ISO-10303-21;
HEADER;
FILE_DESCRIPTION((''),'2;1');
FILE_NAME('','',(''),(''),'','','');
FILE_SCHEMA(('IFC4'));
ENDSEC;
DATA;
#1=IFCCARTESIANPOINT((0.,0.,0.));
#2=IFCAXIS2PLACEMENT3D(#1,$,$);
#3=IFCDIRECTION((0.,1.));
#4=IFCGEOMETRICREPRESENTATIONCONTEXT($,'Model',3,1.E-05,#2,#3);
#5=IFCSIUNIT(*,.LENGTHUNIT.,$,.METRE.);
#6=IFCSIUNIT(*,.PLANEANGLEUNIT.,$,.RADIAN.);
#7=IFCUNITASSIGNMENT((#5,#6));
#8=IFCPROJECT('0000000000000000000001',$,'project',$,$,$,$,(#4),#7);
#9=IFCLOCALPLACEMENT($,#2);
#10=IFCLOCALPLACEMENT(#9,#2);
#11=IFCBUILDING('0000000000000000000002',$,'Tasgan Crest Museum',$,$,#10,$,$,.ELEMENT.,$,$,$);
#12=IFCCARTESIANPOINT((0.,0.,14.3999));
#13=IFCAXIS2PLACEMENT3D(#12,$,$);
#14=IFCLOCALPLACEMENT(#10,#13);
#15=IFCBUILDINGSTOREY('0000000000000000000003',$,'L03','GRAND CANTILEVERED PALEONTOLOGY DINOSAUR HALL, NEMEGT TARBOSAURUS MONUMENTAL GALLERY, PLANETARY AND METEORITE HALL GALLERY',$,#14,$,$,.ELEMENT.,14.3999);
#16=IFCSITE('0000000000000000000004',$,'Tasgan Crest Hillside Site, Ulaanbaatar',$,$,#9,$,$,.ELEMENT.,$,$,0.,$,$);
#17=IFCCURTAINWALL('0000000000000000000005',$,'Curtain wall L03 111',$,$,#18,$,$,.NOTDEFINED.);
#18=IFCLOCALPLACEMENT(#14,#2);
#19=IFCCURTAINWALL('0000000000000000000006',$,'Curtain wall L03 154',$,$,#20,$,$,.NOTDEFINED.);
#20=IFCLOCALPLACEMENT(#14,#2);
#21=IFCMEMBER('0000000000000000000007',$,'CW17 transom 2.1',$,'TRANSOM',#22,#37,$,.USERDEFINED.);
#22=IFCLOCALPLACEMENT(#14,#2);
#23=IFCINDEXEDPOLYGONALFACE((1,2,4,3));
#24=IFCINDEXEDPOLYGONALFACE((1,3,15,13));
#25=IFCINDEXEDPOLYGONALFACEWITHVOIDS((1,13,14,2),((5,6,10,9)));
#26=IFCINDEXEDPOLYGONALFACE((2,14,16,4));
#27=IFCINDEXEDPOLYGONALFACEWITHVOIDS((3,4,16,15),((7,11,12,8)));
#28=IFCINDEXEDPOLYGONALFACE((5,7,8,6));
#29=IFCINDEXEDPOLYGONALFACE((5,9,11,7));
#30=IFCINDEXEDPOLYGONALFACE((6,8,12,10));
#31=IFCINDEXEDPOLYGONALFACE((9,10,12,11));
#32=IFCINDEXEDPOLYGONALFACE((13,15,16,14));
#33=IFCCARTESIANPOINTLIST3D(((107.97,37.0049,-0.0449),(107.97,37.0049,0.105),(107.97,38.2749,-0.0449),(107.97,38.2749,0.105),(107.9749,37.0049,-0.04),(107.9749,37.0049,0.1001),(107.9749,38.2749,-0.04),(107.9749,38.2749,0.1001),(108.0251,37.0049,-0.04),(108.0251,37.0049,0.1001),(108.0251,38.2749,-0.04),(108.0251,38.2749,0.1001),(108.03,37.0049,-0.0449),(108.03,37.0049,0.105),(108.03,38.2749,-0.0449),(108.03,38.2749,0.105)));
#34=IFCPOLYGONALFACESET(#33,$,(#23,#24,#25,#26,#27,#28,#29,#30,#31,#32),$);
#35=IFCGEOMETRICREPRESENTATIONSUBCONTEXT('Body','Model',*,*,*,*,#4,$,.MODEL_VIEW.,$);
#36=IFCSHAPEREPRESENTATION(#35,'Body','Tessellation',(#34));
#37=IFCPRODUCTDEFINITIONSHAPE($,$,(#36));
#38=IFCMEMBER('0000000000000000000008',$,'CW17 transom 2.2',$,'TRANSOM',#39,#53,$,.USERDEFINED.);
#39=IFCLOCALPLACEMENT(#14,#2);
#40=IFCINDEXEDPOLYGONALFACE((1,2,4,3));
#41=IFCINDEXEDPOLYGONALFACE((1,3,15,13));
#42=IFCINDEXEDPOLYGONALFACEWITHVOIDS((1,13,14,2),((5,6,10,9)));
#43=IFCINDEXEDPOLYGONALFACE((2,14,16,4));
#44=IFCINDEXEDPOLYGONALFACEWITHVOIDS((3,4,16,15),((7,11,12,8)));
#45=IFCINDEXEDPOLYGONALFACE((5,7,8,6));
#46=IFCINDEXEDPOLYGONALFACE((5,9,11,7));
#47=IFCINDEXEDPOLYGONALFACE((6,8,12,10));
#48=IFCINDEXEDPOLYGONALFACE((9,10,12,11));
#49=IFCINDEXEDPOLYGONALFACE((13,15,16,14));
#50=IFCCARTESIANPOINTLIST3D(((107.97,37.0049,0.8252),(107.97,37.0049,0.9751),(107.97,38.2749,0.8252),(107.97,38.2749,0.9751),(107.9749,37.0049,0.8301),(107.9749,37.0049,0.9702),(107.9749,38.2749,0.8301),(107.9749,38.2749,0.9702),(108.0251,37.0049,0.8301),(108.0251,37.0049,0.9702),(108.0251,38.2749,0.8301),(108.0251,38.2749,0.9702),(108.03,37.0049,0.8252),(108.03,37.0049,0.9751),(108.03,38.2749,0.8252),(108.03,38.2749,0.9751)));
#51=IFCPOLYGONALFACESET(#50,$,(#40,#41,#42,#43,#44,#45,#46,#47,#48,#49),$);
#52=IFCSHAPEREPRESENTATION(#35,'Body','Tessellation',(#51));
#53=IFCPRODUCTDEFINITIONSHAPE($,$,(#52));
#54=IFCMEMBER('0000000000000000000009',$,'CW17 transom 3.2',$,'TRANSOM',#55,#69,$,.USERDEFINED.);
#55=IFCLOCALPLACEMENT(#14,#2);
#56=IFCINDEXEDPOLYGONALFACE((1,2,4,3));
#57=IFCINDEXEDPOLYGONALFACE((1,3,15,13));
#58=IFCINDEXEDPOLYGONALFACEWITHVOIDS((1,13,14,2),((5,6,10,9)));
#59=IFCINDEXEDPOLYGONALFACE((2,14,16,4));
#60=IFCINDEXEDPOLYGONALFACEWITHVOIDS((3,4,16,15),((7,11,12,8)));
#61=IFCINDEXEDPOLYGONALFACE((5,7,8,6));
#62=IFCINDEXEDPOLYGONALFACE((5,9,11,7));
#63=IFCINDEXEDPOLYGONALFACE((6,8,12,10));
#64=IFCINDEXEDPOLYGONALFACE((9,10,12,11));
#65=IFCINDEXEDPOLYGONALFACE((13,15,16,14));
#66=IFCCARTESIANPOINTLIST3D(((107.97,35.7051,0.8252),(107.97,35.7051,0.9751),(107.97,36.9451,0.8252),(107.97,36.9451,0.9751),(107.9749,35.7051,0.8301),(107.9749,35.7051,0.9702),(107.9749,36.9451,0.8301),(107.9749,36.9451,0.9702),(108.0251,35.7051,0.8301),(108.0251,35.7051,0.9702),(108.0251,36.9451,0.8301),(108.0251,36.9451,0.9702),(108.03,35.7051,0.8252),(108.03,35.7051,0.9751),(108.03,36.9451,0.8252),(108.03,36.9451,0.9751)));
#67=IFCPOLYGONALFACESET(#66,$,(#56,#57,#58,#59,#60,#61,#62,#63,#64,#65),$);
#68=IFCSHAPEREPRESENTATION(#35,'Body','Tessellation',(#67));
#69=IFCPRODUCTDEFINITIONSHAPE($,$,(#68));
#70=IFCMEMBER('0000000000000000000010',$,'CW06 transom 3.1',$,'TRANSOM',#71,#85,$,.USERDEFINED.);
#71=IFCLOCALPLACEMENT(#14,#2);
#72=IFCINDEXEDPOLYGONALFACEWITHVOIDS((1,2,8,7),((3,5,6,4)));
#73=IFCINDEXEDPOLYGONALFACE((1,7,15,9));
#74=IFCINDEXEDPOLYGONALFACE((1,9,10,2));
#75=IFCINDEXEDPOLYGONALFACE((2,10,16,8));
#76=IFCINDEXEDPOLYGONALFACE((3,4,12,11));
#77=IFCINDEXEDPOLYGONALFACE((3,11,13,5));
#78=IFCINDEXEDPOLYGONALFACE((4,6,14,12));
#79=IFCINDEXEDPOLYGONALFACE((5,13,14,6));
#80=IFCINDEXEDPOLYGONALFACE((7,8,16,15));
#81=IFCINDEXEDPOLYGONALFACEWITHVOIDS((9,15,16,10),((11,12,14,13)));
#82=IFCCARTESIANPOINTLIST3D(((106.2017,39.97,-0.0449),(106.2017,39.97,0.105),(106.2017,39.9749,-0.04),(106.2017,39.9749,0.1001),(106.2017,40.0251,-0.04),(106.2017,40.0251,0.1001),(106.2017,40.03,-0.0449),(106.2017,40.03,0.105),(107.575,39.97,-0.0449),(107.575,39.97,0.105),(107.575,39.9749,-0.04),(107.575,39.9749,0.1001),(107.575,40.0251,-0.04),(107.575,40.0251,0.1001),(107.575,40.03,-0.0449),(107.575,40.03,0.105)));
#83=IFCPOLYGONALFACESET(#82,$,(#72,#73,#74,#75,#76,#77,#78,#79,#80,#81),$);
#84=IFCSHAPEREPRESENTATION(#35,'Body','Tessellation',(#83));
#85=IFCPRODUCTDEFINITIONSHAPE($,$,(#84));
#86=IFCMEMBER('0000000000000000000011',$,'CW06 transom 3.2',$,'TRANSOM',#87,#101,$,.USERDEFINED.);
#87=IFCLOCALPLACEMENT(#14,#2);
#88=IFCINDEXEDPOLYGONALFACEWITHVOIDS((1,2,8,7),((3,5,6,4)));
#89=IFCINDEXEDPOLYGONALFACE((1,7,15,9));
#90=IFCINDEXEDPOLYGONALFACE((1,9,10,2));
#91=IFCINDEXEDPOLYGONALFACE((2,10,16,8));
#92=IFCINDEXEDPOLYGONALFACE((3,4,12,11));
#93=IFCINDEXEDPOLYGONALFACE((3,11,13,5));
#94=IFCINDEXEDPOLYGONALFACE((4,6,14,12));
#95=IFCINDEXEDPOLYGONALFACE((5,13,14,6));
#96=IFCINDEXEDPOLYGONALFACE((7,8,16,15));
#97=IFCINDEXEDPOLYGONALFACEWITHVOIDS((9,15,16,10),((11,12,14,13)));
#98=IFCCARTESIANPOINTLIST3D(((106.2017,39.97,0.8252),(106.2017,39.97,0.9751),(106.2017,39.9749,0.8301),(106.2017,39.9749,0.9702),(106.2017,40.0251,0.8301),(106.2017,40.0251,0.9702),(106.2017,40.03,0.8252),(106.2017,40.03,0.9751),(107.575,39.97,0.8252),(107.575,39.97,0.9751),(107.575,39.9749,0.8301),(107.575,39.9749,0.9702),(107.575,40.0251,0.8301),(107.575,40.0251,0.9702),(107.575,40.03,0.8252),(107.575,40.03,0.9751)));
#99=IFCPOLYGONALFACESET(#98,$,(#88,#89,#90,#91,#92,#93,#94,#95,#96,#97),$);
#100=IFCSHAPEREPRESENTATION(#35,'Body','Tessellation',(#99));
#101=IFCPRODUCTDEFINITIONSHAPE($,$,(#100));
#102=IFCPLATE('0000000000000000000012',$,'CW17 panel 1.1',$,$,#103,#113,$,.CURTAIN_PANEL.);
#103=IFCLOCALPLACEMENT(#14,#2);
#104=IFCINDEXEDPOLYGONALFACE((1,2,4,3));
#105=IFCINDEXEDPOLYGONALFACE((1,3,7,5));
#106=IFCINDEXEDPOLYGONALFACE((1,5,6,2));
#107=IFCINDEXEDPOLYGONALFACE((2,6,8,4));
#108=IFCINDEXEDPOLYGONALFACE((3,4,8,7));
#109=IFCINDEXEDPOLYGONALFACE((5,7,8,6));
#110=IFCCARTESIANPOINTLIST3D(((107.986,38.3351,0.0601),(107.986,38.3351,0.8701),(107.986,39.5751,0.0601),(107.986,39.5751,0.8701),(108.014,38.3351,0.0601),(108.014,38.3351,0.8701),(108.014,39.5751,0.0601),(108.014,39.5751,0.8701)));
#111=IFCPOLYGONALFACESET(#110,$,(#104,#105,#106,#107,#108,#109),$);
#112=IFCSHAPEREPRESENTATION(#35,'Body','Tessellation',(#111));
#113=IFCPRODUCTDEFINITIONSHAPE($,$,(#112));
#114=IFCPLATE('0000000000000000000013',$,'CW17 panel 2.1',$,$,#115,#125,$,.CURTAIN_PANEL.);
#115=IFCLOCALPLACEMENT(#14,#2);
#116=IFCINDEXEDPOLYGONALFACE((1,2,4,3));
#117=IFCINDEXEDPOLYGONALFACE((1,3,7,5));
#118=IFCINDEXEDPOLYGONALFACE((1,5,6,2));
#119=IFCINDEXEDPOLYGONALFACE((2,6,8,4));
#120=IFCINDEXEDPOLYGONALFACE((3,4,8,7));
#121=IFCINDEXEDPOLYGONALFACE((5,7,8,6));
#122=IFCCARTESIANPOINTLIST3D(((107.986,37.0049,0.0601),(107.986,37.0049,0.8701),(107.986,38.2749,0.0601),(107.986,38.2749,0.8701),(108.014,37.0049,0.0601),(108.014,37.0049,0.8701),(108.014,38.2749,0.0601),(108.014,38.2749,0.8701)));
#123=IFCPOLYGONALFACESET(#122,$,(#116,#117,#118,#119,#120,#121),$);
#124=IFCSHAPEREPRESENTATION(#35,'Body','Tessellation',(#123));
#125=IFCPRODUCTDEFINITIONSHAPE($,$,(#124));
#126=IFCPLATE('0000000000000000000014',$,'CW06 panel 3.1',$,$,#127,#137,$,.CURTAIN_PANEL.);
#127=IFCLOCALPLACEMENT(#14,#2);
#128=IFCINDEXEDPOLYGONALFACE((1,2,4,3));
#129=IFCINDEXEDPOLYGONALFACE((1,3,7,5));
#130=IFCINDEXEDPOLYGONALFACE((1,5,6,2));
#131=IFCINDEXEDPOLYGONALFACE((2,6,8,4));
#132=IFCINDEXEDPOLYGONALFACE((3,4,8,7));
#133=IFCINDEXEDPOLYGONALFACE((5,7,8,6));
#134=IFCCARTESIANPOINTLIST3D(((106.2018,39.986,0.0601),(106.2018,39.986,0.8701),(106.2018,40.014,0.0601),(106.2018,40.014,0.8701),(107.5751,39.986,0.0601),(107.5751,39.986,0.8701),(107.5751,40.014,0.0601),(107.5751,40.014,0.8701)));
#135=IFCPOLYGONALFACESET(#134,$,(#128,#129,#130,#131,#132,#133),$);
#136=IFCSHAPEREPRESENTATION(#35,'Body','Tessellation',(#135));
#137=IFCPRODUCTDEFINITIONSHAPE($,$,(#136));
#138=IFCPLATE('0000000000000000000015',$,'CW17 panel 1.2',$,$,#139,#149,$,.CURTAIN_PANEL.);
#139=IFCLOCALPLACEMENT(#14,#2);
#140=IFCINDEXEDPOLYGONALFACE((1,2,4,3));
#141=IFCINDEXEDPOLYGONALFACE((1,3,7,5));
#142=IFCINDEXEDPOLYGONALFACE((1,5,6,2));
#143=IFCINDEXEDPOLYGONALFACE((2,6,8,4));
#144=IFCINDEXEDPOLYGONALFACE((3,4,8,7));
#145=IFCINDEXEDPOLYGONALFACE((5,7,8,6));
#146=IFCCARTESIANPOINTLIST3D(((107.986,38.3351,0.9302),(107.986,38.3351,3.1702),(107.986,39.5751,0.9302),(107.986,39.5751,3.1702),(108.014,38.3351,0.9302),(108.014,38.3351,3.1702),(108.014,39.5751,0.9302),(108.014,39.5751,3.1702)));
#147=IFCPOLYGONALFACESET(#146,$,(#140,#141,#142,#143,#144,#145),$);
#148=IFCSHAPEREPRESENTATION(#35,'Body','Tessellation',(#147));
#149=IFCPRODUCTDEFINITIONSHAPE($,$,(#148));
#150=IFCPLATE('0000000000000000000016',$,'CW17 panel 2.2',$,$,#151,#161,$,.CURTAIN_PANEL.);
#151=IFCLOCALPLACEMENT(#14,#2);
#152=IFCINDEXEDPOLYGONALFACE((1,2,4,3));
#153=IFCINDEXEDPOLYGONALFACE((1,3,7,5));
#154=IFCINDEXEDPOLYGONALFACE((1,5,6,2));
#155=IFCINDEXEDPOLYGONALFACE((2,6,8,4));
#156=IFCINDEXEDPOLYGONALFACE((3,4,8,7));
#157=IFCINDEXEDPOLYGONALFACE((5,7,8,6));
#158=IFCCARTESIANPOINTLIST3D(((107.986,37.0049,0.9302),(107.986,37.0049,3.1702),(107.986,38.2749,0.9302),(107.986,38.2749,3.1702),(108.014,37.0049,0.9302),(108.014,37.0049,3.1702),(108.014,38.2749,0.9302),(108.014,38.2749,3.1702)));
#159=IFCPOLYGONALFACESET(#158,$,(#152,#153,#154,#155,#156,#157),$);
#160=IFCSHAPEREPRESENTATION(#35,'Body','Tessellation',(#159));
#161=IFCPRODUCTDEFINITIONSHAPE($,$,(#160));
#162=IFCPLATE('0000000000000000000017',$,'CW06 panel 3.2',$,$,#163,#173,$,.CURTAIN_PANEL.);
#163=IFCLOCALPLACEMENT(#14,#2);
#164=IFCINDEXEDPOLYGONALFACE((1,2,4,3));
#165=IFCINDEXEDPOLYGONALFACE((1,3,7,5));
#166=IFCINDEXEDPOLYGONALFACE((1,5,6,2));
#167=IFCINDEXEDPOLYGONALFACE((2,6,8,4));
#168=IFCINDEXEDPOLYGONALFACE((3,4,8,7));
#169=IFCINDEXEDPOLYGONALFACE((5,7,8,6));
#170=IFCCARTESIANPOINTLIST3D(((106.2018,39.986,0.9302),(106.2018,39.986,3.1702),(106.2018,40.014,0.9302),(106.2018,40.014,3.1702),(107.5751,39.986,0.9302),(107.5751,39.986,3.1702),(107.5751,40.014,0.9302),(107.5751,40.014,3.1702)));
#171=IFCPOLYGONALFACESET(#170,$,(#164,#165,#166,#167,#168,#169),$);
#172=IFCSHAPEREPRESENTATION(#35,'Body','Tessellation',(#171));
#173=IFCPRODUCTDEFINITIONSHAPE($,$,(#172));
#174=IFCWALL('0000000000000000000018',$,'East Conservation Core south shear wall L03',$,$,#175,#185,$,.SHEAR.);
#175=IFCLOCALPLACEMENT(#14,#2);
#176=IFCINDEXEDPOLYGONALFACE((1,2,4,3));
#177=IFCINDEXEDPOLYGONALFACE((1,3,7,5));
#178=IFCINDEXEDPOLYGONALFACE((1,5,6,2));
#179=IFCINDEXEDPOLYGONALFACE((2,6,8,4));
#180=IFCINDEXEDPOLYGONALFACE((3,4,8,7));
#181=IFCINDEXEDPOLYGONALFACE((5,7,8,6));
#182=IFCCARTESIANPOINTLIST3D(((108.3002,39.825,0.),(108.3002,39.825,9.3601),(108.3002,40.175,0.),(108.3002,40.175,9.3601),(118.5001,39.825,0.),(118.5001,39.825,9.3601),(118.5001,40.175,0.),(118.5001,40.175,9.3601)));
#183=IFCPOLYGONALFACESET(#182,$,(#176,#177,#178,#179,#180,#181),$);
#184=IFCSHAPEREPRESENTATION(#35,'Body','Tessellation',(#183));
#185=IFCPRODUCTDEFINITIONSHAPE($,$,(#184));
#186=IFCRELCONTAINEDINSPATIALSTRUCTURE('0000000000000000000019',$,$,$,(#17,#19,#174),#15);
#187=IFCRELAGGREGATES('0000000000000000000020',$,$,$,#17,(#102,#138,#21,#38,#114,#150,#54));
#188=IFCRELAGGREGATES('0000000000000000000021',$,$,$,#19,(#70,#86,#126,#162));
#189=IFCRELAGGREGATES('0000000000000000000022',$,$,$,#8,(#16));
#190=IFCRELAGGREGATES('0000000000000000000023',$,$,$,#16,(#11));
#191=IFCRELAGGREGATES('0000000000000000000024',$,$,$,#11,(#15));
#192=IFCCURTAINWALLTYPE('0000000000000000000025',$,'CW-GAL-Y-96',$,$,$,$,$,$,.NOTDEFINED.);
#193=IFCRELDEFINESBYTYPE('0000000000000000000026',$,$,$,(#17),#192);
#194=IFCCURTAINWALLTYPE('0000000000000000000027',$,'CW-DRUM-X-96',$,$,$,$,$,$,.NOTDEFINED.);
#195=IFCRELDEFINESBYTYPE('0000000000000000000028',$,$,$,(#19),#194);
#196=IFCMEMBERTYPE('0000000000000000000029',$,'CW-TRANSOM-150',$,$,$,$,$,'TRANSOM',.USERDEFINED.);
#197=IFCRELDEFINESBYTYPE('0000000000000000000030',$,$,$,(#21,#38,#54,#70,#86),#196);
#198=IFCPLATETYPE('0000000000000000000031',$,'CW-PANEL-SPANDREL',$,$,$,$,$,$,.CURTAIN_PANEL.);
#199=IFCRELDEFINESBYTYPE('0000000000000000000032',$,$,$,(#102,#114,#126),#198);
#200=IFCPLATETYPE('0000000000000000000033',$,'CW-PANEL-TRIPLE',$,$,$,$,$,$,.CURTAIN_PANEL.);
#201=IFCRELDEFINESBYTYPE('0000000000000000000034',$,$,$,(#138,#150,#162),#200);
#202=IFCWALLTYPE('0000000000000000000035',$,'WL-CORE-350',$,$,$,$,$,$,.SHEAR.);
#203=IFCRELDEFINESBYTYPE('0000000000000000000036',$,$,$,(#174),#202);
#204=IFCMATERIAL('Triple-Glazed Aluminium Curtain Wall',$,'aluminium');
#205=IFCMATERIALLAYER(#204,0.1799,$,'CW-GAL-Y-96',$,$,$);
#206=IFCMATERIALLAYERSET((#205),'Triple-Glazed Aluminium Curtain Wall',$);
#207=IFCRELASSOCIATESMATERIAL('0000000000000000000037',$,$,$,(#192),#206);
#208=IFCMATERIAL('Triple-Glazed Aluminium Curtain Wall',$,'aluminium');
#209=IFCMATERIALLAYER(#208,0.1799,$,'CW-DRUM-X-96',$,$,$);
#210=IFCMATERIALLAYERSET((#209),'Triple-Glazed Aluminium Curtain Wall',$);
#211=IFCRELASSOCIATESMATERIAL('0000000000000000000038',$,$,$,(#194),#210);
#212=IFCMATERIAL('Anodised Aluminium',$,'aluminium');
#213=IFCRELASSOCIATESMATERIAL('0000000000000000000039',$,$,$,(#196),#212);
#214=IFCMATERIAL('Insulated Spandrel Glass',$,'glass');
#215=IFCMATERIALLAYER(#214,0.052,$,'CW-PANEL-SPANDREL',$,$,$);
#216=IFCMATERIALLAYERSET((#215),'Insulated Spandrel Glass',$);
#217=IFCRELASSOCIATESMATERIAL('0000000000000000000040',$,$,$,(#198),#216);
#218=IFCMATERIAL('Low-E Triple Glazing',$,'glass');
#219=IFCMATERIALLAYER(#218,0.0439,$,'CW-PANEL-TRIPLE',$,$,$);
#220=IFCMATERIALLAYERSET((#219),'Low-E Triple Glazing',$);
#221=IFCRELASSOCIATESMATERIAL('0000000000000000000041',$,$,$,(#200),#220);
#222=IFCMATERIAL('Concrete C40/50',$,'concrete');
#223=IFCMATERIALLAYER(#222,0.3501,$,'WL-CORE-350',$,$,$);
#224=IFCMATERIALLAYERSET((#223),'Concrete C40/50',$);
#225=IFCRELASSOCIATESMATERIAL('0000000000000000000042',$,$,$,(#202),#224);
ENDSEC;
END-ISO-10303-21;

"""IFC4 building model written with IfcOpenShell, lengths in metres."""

from ifc_helpers import new_model, si_unit, direction, frame, frame_2d, origin, origin_2d, place, context, subcontext, project, spatial, rectangle, hollow_rectangle, extrude, material, layer, layer_set, material_profile, profile_set, type_object, element, aggregate, save


model = new_model("IFC4")

# Units and contexts
model_context = context("Model", 3, precision=1e-05, world=origin(), true_north=direction((0.0, 1.0)))
body_context = subcontext(model_context, "Body", "Model", "MODEL_VIEW")
ifc_project = project(units=[si_unit("LENGTHUNIT", "METRE"), si_unit("PLANEANGLEUNIT", "RADIAN")], contexts=[model_context])

# Site, building, storey
site_placement = place(None, origin())
site = spatial("IfcSite", under=ifc_project, at=site_placement, Name="Tasgan Crest Hillside Site, Ulaanbaatar", CompositionType="ELEMENT", RefElevation=0.0)
building_placement = place(site_placement, origin())
building = spatial("IfcBuilding", under=site, at=building_placement, Name="Tasgan Crest Museum", CompositionType="ELEMENT")
storey_placement = place(building_placement, frame((0.0, 0.0, 14.3999)))
storey = spatial("IfcBuildingStorey", under=building, at=storey_placement, Name="L03", Description="GRAND CANTILEVERED PALEONTOLOGY DINOSAUR HALL, NEMEGT TARBOSAURUS MONUMENTAL GALLERY, PLANETARY AND METEORITE HALL GALLERY", CompositionType="ELEMENT", Elevation=14.3999)

# Curtain walls
ifc_material_1 = material(Name="Triple-Glazed Aluminium Curtain Wall", Category="aluminium")
ifc_layer_1 = layer(ifc_material_1, 0.1799, Name="CW-GAL-Y-96")
ifc_layer_set_1 = layer_set([ifc_layer_1], Name="Triple-Glazed Aluminium Curtain Wall")
curtain_wall_type_1 = type_object("IfcCurtainWallType", Name="CW-GAL-Y-96", PredefinedType="NOTDEFINED", material=ifc_layer_set_1)
curtain_wall_1_placement = place(storey_placement, origin())
curtain_wall_1 = element("IfcCurtainWall", 1, at=curtain_wall_1_placement, inside=storey, type_object=curtain_wall_type_1, Name="Curtain wall L03 111", PredefinedType="NOTDEFINED")
ifc_material_2 = material(Name="Triple-Glazed Aluminium Curtain Wall", Category="aluminium")
ifc_layer_2 = layer(ifc_material_2, 0.1799, Name="CW-DRUM-X-96")
ifc_layer_set_2 = layer_set([ifc_layer_2], Name="Triple-Glazed Aluminium Curtain Wall")
curtain_wall_type_2 = type_object("IfcCurtainWallType", Name="CW-DRUM-X-96", PredefinedType="NOTDEFINED", material=ifc_layer_set_2)
curtain_wall_2_placement = place(storey_placement, origin())
curtain_wall_2 = element("IfcCurtainWall", 2, at=curtain_wall_2_placement, inside=storey, type_object=curtain_wall_type_2, Name="Curtain wall L03 154", PredefinedType="NOTDEFINED")

# Members
ifc_material_3 = material(Name="Anodised Aluminium", Category="aluminium")
ifc_material_profile_1 = material_profile(ifc_material_3, hollow_rectangle(XDim=0.0601, YDim=0.1499, WallThickness=0.0049, at=origin_2d()), Name="ALU TRANSOM 150x60x5")
ifc_profile_set_1 = profile_set([ifc_material_profile_1], Name="Anodised Aluminium")
member_type_1 = type_object("IfcMemberType", Name="CW-TRANSOM-150", ElementType="TRANSOM", PredefinedType="USERDEFINED", material=ifc_profile_set_1)
member_1_placement = place(storey_placement, frame((108.0, 38.2749, 0.03), z_axis=(0.0, -1.0, 0.0), x_axis=(1.0, 0.0, 0.0)))
member_1 = element("IfcMember", 3, at=member_1_placement, type_object=member_type_1, Name="CW17 transom 2.1", ObjectType="TRANSOM", PredefinedType="USERDEFINED", context=body_context, shape_type="SweptSolid", body=[
    extrude(hollow_rectangle(XDim=0.0601, YDim=0.1499, WallThickness=0.0049, at=origin_2d()), origin(), (0.0, 0.0, 1.0), 1.27),
])
member_2_placement = place(storey_placement, frame((108.0, 38.2749, 0.9001), z_axis=(0.0, -1.0, 0.0), x_axis=(1.0, 0.0, 0.0)))
member_2 = element("IfcMember", 4, at=member_2_placement, type_object=member_type_1, Name="CW17 transom 2.2", ObjectType="TRANSOM", PredefinedType="USERDEFINED", context=body_context, shape_type="SweptSolid", body=[
    extrude(hollow_rectangle(XDim=0.0601, YDim=0.1499, WallThickness=0.0049, at=origin_2d()), origin(), (0.0, 0.0, 1.0), 1.27),
])
member_3_placement = place(storey_placement, frame((108.0, 36.9451, 0.9001), z_axis=(0.0, -1.0, 0.0), x_axis=(1.0, 0.0, 0.0)))
member_3 = element("IfcMember", 5, at=member_3_placement, type_object=member_type_1, Name="CW17 transom 3.2", ObjectType="TRANSOM", PredefinedType="USERDEFINED", context=body_context, shape_type="SweptSolid", body=[
    extrude(hollow_rectangle(XDim=0.0601, YDim=0.1499, WallThickness=0.0049, at=origin_2d()), origin(), (0.0, 0.0, 1.0), 1.24),
])
member_4_placement = place(storey_placement, frame((106.2017, 40.0, 0.03), z_axis=(1.0, 0.0, 0.0), x_axis=(0.0, 1.0, 0.0)))
member_4 = element("IfcMember", 6, at=member_4_placement, type_object=member_type_1, Name="CW06 transom 3.1", ObjectType="TRANSOM", PredefinedType="USERDEFINED", context=body_context, shape_type="SweptSolid", body=[
    extrude(hollow_rectangle(XDim=0.0601, YDim=0.1499, WallThickness=0.0049, at=origin_2d()), origin(), (0.0, 0.0, 1.0), 1.3733),
])
member_5_placement = place(storey_placement, frame((106.2017, 40.0, 0.9001), z_axis=(1.0, 0.0, 0.0), x_axis=(0.0, 1.0, 0.0)))
member_5 = element("IfcMember", 7, at=member_5_placement, type_object=member_type_1, Name="CW06 transom 3.2", ObjectType="TRANSOM", PredefinedType="USERDEFINED", context=body_context, shape_type="SweptSolid", body=[
    extrude(hollow_rectangle(XDim=0.0601, YDim=0.1499, WallThickness=0.0049, at=origin_2d()), origin(), (0.0, 0.0, 1.0), 1.3733),
])

# Plates
ifc_material_4 = material(Name="Insulated Spandrel Glass", Category="glass")
ifc_layer_3 = layer(ifc_material_4, 0.052, Name="CW-PANEL-SPANDREL")
ifc_layer_set_3 = layer_set([ifc_layer_3], Name="Insulated Spandrel Glass")
plate_type_1 = type_object("IfcPlateType", Name="CW-PANEL-SPANDREL", PredefinedType="CURTAIN_PANEL", material=ifc_layer_set_3)
plate_1_placement = place(storey_placement, frame((108.0, 38.9551, 0.0601), z_axis=(0.0, 0.0, 1.0), x_axis=(0.0, -1.0, 0.0)))
plate_1 = element("IfcPlate", 8, at=plate_1_placement, type_object=plate_type_1, Name="CW17 panel 1.1", PredefinedType="CURTAIN_PANEL", context=body_context, shape_type="SweptSolid", body=[
    extrude(rectangle(XDim=1.24, YDim=0.0281, at=origin_2d()), origin(), (0.0, 0.0, 1.0), 0.8101),
])
plate_2_placement = place(storey_placement, frame((108.0, 37.6399, 0.0601), z_axis=(0.0, 0.0, 1.0), x_axis=(0.0, -1.0, 0.0)))
plate_2 = element("IfcPlate", 9, at=plate_2_placement, type_object=plate_type_1, Name="CW17 panel 2.1", PredefinedType="CURTAIN_PANEL", context=body_context, shape_type="SweptSolid", body=[
    extrude(rectangle(XDim=1.27, YDim=0.0281, at=origin_2d()), origin(), (0.0, 0.0, 1.0), 0.8101),
])
plate_3_placement = place(storey_placement, frame((106.8884, 40.0, 0.0601), z_axis=(0.0, 0.0, 1.0), x_axis=(1.0, 0.0, 0.0)))
plate_3 = element("IfcPlate", 10, at=plate_3_placement, type_object=plate_type_1, Name="CW06 panel 3.1", PredefinedType="CURTAIN_PANEL", context=body_context, shape_type="SweptSolid", body=[
    extrude(rectangle(XDim=1.3733, YDim=0.0281, at=origin_2d()), origin(), (0.0, 0.0, 1.0), 0.8101),
])
ifc_material_5 = material(Name="Low-E Triple Glazing", Category="glass")
ifc_layer_4 = layer(ifc_material_5, 0.0439, Name="CW-PANEL-TRIPLE")
ifc_layer_set_4 = layer_set([ifc_layer_4], Name="Low-E Triple Glazing")
plate_type_2 = type_object("IfcPlateType", Name="CW-PANEL-TRIPLE", PredefinedType="CURTAIN_PANEL", material=ifc_layer_set_4)
plate_4_placement = place(storey_placement, frame((108.0, 38.9551, 0.9302), z_axis=(0.0, 0.0, 1.0), x_axis=(0.0, -1.0, 0.0)))
plate_4 = element("IfcPlate", 11, at=plate_4_placement, type_object=plate_type_2, Name="CW17 panel 1.2", PredefinedType="CURTAIN_PANEL", context=body_context, shape_type="SweptSolid", body=[
    extrude(rectangle(XDim=1.24, YDim=0.0281, at=origin_2d()), origin(), (0.0, 0.0, 1.0), 2.24),
])
plate_5_placement = place(storey_placement, frame((108.0, 37.6399, 0.9302), z_axis=(0.0, 0.0, 1.0), x_axis=(0.0, -1.0, 0.0)))
plate_5 = element("IfcPlate", 12, at=plate_5_placement, type_object=plate_type_2, Name="CW17 panel 2.2", PredefinedType="CURTAIN_PANEL", context=body_context, shape_type="SweptSolid", body=[
    extrude(rectangle(XDim=1.27, YDim=0.0281, at=origin_2d()), origin(), (0.0, 0.0, 1.0), 2.24),
])
aggregate(curtain_wall_1, [plate_1, plate_4, member_1, member_2, plate_2, plate_5, member_3])
plate_6_placement = place(storey_placement, frame((106.8884, 40.0, 0.9302), z_axis=(0.0, 0.0, 1.0), x_axis=(1.0, 0.0, 0.0)))
plate_6 = element("IfcPlate", 13, at=plate_6_placement, type_object=plate_type_2, Name="CW06 panel 3.2", PredefinedType="CURTAIN_PANEL", context=body_context, shape_type="SweptSolid", body=[
    extrude(rectangle(XDim=1.3733, YDim=0.0281, at=origin_2d()), origin(), (0.0, 0.0, 1.0), 2.24),
])
aggregate(curtain_wall_2, [member_4, member_5, plate_3, plate_6])

# Wall
ifc_material_6 = material(Name="Concrete C40/50", Category="concrete")
ifc_layer_5 = layer(ifc_material_6, 0.3501, Name="WL-CORE-350")
ifc_layer_set_5 = layer_set([ifc_layer_5], Name="Concrete C40/50")
wall_type_1 = type_object("IfcWallType", Name="WL-CORE-350", PredefinedType="SHEAR", material=ifc_layer_set_5)
wall_placement = place(storey_placement, frame((108.3, 40.0, 0.0), z_axis=(0.0, 0.0, 1.0), x_axis=(1.0, 0.0, 0.0)))
element("IfcWall", 14, at=wall_placement, inside=storey, type_object=wall_type_1, Name="East Conservation Core south shear wall L03", PredefinedType="SHEAR", context=body_context, shape_type="SweptSolid", body=[
    extrude(rectangle(XDim=10.2, YDim=0.3501, at=frame_2d((5.1001, 0.0))), origin(), (0.0, 0.0, 1.0), 9.3601),
])

save(model, "model.ifc")
